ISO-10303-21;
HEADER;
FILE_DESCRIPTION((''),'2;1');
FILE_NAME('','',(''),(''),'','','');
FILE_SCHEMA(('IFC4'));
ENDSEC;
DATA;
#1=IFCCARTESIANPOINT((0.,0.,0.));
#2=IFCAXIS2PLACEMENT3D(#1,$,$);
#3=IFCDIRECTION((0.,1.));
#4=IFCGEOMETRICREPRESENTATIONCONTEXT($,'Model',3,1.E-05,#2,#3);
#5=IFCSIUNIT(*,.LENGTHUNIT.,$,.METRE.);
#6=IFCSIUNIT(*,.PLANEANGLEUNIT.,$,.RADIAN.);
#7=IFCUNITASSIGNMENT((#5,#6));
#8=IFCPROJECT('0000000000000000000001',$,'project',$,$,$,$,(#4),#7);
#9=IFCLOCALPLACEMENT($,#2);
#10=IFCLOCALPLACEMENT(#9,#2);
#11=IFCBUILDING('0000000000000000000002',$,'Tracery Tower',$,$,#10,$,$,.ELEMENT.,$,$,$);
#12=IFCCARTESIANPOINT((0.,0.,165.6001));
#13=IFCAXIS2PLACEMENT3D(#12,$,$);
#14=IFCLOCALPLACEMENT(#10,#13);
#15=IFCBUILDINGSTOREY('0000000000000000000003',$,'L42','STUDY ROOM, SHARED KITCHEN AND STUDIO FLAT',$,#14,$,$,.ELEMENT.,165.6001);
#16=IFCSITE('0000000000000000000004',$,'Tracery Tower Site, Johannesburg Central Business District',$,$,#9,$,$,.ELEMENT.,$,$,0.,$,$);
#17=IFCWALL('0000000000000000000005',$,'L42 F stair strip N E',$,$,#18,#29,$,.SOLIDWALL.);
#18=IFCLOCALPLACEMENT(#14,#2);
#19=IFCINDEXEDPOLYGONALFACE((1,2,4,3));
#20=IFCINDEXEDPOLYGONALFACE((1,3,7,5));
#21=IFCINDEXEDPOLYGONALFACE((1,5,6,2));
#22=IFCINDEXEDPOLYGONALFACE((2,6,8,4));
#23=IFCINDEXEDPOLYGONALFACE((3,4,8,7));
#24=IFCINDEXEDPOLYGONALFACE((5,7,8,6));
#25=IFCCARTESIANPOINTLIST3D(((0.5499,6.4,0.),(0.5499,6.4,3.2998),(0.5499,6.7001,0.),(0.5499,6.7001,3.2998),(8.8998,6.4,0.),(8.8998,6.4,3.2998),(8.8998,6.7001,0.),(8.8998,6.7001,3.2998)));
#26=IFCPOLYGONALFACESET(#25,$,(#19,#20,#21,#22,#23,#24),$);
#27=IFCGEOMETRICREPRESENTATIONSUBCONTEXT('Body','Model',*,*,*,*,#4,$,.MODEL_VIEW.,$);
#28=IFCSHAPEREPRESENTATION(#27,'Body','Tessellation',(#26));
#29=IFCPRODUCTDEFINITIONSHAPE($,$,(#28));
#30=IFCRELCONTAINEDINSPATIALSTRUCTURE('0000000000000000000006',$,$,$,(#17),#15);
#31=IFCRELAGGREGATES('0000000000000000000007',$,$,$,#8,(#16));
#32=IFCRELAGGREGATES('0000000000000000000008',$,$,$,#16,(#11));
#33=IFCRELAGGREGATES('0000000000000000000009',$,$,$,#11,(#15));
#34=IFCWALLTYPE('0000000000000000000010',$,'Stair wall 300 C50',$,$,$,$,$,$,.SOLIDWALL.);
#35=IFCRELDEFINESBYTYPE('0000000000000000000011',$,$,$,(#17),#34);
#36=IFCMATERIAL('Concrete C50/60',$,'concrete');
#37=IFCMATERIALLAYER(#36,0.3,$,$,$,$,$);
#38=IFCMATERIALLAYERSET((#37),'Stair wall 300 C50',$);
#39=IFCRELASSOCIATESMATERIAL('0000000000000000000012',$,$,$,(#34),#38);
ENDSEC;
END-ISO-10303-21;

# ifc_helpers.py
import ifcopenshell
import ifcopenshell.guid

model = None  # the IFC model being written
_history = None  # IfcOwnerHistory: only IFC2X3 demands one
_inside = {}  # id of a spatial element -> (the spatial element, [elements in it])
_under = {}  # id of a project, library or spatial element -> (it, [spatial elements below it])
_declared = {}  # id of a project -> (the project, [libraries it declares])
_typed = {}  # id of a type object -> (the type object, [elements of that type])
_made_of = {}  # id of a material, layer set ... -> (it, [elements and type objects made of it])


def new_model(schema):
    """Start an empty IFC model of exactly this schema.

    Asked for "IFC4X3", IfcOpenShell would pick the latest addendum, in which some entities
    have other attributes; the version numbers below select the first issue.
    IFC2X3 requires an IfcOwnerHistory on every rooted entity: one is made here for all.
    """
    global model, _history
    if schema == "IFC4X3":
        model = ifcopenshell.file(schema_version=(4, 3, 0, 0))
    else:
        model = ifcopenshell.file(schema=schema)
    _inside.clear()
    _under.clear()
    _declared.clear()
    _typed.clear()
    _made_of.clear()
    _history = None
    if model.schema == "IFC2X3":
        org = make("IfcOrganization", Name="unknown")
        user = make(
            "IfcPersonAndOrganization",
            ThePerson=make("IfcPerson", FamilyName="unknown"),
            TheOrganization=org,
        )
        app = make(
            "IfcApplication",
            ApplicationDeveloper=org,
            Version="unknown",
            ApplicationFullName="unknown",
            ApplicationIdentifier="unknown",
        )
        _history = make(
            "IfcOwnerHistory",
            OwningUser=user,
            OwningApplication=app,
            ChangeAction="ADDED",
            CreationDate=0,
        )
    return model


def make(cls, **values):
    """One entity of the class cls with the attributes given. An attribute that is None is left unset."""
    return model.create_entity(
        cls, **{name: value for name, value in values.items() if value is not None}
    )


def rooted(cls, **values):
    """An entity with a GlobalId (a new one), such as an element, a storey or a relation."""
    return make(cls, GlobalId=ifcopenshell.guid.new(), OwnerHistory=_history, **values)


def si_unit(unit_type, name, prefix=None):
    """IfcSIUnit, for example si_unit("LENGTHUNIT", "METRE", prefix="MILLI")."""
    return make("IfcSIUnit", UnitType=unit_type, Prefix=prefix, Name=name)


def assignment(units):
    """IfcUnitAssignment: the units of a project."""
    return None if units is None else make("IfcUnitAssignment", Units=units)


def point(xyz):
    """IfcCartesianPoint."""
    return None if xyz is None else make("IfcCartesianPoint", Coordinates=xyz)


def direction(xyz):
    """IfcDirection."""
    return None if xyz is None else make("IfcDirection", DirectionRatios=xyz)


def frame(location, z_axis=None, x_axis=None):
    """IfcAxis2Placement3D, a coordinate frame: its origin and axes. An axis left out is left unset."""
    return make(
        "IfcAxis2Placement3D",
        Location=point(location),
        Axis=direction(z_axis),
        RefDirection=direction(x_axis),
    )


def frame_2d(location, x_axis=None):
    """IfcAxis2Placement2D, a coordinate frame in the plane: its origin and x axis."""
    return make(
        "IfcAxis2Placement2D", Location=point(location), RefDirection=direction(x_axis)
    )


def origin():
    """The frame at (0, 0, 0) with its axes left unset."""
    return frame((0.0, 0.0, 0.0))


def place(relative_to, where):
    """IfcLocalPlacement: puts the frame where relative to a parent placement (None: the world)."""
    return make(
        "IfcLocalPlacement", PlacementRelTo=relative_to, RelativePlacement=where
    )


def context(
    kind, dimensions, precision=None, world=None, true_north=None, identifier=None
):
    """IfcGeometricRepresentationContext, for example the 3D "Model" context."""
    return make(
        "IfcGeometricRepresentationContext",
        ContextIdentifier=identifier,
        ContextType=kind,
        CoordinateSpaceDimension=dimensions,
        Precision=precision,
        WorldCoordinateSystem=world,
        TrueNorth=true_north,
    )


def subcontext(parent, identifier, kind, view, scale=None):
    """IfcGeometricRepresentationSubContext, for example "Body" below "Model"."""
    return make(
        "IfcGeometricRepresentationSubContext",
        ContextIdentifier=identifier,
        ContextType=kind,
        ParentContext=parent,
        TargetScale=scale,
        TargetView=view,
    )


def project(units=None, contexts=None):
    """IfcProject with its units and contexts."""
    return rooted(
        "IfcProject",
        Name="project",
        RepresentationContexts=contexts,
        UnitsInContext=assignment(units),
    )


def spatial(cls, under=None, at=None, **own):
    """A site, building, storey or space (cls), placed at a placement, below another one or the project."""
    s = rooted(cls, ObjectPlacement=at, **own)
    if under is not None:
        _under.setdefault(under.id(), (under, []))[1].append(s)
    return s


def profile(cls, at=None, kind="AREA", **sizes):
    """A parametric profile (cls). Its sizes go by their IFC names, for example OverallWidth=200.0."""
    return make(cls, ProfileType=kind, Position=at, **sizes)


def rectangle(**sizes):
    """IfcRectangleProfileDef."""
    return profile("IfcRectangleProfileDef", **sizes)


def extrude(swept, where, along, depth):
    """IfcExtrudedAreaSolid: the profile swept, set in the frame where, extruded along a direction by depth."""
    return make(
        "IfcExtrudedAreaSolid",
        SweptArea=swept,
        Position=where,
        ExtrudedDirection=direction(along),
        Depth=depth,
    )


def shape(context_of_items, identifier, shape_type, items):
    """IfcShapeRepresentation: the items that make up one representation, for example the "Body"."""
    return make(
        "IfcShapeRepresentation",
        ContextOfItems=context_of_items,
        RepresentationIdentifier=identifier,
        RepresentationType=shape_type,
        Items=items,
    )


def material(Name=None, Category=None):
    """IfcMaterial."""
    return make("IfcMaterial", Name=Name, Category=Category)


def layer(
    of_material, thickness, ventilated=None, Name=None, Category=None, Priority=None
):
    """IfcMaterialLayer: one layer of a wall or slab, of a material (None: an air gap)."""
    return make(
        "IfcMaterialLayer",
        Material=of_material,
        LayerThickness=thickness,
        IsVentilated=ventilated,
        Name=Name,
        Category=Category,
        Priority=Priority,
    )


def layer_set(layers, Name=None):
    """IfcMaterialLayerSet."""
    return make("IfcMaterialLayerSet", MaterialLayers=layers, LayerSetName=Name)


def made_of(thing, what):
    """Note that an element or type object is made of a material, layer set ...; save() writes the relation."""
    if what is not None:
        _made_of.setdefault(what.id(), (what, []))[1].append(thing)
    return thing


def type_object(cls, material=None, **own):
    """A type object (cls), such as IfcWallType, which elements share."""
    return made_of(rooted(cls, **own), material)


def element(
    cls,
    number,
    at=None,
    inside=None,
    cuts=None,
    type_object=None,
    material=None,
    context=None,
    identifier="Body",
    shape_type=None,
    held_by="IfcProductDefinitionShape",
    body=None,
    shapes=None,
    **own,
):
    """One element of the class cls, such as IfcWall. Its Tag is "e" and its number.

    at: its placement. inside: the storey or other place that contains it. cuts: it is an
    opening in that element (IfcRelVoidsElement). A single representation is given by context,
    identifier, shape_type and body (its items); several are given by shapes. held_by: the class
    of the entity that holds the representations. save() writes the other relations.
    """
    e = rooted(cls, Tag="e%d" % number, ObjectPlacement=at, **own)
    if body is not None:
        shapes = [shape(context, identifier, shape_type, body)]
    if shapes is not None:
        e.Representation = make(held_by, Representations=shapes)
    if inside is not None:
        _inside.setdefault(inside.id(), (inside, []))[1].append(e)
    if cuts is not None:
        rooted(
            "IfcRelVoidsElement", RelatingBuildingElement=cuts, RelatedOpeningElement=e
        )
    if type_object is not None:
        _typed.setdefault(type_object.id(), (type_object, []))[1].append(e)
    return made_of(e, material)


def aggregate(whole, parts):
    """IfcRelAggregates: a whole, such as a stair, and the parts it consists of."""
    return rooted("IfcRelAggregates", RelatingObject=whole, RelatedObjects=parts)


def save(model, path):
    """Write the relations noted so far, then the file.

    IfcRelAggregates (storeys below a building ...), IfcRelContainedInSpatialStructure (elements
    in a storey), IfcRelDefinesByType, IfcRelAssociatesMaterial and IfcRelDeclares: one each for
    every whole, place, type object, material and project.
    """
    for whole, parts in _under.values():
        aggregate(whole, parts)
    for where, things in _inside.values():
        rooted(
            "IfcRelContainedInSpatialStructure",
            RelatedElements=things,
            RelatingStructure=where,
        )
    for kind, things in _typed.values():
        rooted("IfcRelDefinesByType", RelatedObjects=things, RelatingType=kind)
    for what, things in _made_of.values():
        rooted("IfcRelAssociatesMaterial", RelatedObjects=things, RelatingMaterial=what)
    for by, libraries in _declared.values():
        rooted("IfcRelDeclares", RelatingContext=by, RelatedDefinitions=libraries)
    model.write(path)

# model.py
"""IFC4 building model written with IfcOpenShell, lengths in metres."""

from ifc_helpers import new_model, si_unit, direction, frame, frame_2d, origin, place, context, subcontext, project, spatial, rectangle, extrude, material, layer, layer_set, type_object, element, save


model = new_model("IFC4")

# Units and contexts
model_context = context("Model", 3, precision=1e-05, world=origin(), true_north=direction((0.0, 1.0)))
body_context = subcontext(model_context, "Body", "Model", "MODEL_VIEW")
ifc_project = project(units=[si_unit("LENGTHUNIT", "METRE"), si_unit("PLANEANGLEUNIT", "RADIAN")], contexts=[model_context])

# Site, building, storey
site_placement = place(None, origin())
site = spatial("IfcSite", under=ifc_project, at=site_placement, Name="Tracery Tower Site, Johannesburg Central Business District", CompositionType="ELEMENT", RefElevation=0.0)
building_placement = place(site_placement, origin())
building = spatial("IfcBuilding", under=site, at=building_placement, Name="Tracery Tower", CompositionType="ELEMENT")
storey_placement = place(building_placement, frame((0.0, 0.0, 165.6001)))
storey = spatial("IfcBuildingStorey", under=building, at=storey_placement, Name="L42", Description="STUDY ROOM, SHARED KITCHEN AND STUDIO FLAT", CompositionType="ELEMENT", Elevation=165.6001)

# Wall
ifc_material_1 = material(Name="Concrete C50/60", Category="concrete")
ifc_layer_1 = layer(ifc_material_1, 0.3)
ifc_layer_set_1 = layer_set([ifc_layer_1], Name="Stair wall 300 C50")
wall_type_1 = type_object("IfcWallType", Name="Stair wall 300 C50", PredefinedType="SOLIDWALL", material=ifc_layer_set_1)
wall_1_placement = place(storey_placement, frame((0.55, 6.55, 0.0), z_axis=(0.0, 0.0, 1.0), x_axis=(1.0, 0.0, 0.0)))
element("IfcWall", 1, at=wall_1_placement, inside=storey, type_object=wall_type_1, Name="L42 F stair strip N E", PredefinedType="SOLIDWALL", context=body_context, shape_type="SweptSolid", body=[
    extrude(rectangle(XDim=8.3499, YDim=0.3, at=frame_2d((4.1748, 0.0))), origin(), (0.0, 0.0, 1.0), 3.2998),
])

save(model, "model.ifc")
